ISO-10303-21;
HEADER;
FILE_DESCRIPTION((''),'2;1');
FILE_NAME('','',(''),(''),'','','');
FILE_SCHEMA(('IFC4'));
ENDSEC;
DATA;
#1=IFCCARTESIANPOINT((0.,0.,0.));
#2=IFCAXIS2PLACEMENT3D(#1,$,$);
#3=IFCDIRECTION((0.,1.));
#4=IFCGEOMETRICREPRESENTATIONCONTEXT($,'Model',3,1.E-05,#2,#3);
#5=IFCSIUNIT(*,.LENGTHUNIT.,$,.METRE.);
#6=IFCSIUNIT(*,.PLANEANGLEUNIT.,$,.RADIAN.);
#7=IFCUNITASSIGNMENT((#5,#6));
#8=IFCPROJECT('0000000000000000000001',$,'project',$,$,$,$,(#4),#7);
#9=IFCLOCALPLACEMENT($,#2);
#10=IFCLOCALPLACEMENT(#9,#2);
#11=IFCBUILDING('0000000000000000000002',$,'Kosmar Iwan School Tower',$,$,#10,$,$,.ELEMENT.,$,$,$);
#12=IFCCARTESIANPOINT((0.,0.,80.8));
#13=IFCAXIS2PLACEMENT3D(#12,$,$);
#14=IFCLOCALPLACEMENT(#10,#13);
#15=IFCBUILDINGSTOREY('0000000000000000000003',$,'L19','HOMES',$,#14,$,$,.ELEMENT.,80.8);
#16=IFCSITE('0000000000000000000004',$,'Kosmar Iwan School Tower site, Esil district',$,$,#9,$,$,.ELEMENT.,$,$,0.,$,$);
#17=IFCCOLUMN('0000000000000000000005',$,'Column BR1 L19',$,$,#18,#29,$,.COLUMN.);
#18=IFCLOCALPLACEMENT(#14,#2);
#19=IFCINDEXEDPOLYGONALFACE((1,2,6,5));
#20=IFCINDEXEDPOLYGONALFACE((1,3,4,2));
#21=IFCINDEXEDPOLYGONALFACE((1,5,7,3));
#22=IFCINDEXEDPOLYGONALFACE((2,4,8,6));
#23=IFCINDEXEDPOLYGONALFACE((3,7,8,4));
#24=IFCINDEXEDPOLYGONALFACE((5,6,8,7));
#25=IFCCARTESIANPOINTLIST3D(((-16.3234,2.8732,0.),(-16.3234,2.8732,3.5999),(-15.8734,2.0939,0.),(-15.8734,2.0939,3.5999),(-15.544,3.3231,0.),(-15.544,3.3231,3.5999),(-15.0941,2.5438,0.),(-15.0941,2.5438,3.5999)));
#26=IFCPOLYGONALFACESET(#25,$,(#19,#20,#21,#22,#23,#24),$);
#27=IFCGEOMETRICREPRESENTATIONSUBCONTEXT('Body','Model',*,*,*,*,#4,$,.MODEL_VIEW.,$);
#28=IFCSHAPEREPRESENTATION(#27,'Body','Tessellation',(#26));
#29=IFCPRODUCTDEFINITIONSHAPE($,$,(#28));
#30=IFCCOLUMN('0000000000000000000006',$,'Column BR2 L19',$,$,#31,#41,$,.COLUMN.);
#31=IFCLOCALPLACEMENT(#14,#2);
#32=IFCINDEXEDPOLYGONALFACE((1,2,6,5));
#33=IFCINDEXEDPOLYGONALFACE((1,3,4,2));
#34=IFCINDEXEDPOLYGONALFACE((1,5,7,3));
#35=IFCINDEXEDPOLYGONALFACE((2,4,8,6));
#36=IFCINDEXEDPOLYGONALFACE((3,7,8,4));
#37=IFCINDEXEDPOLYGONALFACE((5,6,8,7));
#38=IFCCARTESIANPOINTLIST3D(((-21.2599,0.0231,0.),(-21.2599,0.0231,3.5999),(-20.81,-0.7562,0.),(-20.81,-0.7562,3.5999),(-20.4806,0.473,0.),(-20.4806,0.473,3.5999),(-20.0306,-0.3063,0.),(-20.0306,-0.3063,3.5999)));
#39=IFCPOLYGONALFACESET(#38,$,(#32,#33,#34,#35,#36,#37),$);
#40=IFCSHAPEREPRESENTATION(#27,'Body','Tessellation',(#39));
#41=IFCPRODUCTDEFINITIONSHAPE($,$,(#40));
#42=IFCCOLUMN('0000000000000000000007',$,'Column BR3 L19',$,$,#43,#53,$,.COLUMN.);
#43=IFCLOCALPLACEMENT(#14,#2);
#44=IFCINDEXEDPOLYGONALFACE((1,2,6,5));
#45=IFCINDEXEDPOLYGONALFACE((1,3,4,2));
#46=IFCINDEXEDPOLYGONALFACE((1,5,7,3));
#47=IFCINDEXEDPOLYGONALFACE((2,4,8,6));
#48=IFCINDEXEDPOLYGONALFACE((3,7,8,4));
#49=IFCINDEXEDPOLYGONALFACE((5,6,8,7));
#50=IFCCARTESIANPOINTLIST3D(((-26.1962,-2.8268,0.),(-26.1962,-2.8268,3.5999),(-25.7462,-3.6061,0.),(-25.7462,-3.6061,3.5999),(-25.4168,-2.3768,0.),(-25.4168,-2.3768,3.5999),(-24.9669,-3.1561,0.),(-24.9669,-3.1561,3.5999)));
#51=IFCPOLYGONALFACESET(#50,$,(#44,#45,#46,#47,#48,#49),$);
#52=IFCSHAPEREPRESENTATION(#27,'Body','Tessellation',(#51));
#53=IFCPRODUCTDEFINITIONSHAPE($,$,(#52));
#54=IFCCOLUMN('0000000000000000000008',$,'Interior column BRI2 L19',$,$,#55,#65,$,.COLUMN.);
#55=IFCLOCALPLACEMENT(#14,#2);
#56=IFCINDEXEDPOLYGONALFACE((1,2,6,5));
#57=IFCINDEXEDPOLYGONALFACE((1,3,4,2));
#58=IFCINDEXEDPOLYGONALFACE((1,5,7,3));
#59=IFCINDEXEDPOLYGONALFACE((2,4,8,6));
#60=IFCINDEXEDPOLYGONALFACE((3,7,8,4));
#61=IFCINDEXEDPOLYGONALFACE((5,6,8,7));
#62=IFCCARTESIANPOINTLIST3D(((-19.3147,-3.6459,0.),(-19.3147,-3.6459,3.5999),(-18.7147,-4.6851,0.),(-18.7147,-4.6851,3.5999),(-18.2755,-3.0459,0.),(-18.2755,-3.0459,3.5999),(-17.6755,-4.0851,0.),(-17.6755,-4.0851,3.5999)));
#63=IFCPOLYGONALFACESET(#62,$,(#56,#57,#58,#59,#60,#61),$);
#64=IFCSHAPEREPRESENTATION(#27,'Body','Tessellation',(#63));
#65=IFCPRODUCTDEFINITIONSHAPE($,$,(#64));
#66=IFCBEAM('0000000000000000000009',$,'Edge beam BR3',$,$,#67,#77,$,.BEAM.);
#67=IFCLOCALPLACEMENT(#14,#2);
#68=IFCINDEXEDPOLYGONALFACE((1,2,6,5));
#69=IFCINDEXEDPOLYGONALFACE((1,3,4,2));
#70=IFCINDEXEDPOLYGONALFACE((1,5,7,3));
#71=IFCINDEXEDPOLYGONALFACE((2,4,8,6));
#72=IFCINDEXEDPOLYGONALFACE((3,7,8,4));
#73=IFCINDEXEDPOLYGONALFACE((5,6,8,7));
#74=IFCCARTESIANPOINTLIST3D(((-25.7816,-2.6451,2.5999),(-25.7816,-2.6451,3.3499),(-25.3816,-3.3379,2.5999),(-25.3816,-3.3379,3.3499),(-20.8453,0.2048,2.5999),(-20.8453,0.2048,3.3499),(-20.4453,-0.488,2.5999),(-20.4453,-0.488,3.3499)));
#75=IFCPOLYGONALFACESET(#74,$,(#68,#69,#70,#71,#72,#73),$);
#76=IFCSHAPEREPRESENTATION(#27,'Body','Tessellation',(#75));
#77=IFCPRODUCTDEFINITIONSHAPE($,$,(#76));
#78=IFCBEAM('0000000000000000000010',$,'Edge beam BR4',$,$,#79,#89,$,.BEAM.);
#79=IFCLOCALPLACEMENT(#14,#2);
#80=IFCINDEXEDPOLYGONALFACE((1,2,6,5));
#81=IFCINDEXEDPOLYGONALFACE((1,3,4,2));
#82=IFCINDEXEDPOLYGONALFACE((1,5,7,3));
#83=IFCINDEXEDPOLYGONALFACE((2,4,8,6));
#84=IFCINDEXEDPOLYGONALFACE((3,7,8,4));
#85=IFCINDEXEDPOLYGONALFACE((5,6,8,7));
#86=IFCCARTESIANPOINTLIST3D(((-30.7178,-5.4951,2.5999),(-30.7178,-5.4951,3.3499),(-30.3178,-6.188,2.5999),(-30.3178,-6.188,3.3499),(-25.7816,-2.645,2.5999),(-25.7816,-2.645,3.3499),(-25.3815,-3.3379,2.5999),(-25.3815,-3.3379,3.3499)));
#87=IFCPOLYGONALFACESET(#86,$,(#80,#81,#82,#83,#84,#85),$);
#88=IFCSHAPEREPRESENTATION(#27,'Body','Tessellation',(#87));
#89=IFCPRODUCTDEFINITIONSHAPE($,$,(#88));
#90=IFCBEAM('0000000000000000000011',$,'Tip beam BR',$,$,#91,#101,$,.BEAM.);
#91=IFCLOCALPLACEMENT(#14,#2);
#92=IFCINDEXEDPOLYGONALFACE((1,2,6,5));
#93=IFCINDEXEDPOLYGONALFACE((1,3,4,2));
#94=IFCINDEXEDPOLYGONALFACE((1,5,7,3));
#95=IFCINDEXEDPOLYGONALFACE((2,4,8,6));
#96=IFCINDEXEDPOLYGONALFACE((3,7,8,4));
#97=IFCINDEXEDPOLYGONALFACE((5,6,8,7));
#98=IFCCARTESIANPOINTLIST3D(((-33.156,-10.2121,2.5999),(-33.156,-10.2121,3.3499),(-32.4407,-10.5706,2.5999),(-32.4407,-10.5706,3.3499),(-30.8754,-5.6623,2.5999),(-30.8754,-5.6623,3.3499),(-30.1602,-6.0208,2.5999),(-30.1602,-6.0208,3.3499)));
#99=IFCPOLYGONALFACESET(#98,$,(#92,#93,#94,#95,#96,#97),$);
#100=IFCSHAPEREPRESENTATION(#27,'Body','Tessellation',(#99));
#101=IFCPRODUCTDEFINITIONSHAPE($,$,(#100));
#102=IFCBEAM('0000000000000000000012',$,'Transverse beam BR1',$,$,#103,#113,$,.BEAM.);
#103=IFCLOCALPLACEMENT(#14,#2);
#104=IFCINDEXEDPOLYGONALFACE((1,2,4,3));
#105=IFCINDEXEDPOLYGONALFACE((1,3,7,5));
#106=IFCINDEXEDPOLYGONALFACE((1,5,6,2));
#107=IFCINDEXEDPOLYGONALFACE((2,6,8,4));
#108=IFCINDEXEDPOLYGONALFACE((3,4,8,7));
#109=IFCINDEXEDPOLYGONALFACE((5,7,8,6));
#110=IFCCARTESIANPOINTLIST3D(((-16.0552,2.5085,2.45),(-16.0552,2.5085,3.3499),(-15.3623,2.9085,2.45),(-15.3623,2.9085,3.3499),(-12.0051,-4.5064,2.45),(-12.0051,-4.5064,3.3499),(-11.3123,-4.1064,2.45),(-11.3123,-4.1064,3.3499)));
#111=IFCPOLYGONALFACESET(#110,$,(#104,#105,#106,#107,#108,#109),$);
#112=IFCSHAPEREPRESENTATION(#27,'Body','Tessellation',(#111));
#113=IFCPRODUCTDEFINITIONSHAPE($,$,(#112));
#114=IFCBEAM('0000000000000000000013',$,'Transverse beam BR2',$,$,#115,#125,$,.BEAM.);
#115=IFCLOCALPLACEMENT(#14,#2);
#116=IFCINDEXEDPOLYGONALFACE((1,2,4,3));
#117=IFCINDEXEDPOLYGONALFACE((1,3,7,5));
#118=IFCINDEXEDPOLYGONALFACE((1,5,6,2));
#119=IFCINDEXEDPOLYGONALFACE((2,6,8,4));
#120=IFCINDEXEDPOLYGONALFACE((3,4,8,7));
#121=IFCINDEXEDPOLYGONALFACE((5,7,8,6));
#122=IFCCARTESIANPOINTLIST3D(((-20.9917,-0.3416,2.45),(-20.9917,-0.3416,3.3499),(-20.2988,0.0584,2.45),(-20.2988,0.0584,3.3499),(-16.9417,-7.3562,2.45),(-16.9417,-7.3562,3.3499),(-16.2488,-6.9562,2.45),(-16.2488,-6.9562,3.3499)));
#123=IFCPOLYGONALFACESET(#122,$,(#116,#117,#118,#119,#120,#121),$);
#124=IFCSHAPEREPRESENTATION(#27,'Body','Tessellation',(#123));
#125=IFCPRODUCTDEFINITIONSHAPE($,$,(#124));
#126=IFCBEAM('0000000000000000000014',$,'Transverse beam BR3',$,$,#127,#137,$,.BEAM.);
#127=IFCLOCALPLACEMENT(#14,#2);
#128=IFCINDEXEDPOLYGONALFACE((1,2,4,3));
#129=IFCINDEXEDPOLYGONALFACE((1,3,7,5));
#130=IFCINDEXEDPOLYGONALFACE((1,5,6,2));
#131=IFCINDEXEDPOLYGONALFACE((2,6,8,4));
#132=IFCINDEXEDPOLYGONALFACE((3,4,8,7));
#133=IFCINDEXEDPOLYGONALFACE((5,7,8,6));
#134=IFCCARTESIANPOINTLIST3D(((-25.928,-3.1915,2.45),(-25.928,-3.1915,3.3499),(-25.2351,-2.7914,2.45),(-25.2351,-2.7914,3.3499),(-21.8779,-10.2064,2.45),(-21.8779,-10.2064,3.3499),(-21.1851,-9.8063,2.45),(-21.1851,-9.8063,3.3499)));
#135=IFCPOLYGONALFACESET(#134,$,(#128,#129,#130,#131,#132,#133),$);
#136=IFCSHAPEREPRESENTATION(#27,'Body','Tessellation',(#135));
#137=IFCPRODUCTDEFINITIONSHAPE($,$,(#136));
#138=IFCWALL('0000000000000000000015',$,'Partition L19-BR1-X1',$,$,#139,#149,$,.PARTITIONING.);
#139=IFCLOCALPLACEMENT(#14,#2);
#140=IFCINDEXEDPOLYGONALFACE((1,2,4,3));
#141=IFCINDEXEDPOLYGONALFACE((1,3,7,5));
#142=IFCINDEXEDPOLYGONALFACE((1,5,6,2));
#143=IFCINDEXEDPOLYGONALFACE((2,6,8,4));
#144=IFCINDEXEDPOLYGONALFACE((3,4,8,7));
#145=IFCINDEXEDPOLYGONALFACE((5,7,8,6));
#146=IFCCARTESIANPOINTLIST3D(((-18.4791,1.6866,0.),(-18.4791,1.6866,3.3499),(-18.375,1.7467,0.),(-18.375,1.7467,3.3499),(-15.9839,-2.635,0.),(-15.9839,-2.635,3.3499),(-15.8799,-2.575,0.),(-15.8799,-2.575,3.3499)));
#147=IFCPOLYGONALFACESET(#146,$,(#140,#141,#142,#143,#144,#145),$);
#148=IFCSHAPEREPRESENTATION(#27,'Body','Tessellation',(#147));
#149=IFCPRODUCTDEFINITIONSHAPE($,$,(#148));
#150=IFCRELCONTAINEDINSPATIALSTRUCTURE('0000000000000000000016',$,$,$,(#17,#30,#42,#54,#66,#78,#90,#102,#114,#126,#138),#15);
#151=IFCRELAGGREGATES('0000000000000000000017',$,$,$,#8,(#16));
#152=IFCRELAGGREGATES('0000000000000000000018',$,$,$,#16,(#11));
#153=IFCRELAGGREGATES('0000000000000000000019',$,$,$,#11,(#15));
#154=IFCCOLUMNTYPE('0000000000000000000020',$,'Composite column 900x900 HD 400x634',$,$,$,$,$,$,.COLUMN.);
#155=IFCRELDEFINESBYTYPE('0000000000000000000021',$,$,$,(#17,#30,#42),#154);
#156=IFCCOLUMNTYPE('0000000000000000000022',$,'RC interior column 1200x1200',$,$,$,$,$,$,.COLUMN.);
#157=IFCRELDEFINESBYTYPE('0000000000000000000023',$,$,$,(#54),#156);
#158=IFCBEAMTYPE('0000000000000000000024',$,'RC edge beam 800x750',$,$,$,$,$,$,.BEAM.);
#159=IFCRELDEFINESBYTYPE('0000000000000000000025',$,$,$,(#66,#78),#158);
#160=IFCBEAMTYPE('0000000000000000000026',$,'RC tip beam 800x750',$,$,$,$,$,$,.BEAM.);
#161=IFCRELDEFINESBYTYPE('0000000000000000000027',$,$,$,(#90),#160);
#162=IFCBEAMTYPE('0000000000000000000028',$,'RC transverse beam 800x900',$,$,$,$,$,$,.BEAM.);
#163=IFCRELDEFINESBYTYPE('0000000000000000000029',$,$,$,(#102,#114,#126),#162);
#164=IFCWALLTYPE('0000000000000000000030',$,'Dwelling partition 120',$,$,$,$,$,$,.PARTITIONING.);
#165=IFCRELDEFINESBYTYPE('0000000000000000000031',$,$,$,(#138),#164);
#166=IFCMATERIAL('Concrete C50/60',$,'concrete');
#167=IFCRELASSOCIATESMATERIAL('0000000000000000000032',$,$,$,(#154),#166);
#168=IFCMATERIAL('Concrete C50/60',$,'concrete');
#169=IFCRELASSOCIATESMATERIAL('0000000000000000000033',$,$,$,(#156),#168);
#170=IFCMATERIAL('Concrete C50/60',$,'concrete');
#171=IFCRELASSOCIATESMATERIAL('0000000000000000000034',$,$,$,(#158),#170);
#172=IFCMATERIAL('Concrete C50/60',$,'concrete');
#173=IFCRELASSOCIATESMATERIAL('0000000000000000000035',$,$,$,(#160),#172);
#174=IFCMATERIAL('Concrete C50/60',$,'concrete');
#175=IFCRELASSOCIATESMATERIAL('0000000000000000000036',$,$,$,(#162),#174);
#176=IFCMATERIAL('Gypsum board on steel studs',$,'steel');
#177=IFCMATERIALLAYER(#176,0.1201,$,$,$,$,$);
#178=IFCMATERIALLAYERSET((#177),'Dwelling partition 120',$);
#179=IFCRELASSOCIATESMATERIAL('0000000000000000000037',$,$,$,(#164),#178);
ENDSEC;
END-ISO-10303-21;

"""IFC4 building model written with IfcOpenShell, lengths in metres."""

from ifc_helpers import new_model, si_unit, direction, frame, frame_2d, origin, origin_2d, place, context, subcontext, project, spatial, rectangle, extrude, material, layer, layer_set, material_profile, profile_set, type_object, element, save


model = new_model("IFC4")

# Units and contexts
model_context = context("Model", 3, precision=1e-05, world=origin(), true_north=direction((0.0, 1.0)))
body_context = subcontext(model_context, "Body", "Model", "MODEL_VIEW")
ifc_project = project(units=[si_unit("LENGTHUNIT", "METRE"), si_unit("PLANEANGLEUNIT", "RADIAN")], contexts=[model_context])

# Site, building, storey
site_placement = place(None, origin())
site = spatial("IfcSite", under=ifc_project, at=site_placement, Name="Kosmar Iwan School Tower site, Esil district", CompositionType="ELEMENT", RefElevation=0.0)
building_placement = place(site_placement, origin())
building = spatial("IfcBuilding", under=site, at=building_placement, Name="Kosmar Iwan School Tower", CompositionType="ELEMENT")
storey_placement = place(building_placement, frame((0.0, 0.0, 80.8)))
storey = spatial("IfcBuildingStorey", under=building, at=storey_placement, Name="L19", Description="HOMES", CompositionType="ELEMENT", Elevation=80.8)

# Columns
ifc_material_1 = material(Name="Concrete C50/60", Category="concrete")
ifc_material_profile_1 = material_profile(ifc_material_1, rectangle(XDim=0.8999, YDim=0.8999, at=origin_2d()), Name="RC 900x900 + HD 400x634")
ifc_profile_set_1 = profile_set([ifc_material_profile_1], Name="Concrete C50/60")
column_type_1 = type_object("IfcColumnType", Name="Composite column 900x900 HD 400x634", PredefinedType="COLUMN", material=ifc_profile_set_1)
for number, where, z_axis, x_axis, name in (
    (1, (-15.7087, 2.7085, 0.0), (0.0, 0.0, 1.0), (-0.866025, -0.5, 0.0), "Column BR1 L19"),
    (2, (-20.6453, -0.1416, 0.0), (0.0, 0.0, 1.0), (-0.866025, -0.5, 0.0), "Column BR2 L19"),
    (3, (-25.5815, -2.9915, 0.0), (0.0, 0.0, 1.0), (-0.866025, -0.5, 0.0), "Column BR3 L19"),
):
    element("IfcColumn", number, at=place(storey_placement, frame(where, z_axis=z_axis, x_axis=x_axis)), inside=storey, type_object=column_type_1, Name=name, PredefinedType="COLUMN", context=body_context, shape_type="SweptSolid", body=[
        extrude(rectangle(XDim=0.8999, YDim=0.8999, at=origin_2d()), origin(), (0.0, 0.0, 1.0), 3.5999),
    ])
ifc_material_2 = material(Name="Concrete C50/60", Category="concrete")
ifc_material_profile_2 = material_profile(ifc_material_2, rectangle(XDim=1.2, YDim=1.2, at=origin_2d()), Name="RC 1200x1200")
ifc_profile_set_2 = profile_set([ifc_material_profile_2], Name="Concrete C50/60")
column_type_2 = type_object("IfcColumnType", Name="RC interior column 1200x1200", PredefinedType="COLUMN", material=ifc_profile_set_2)
column_placement = place(storey_placement, frame((-18.4951, -3.8655, 0.0), z_axis=(0.0, 0.0, 1.0), x_axis=(-0.866025, -0.5, 0.0)))
element("IfcColumn", 4, at=column_placement, inside=storey, type_object=column_type_2, Name="Interior column BRI2 L19", PredefinedType="COLUMN", context=body_context, shape_type="SweptSolid", body=[
    extrude(rectangle(XDim=1.2, YDim=1.2, at=origin_2d()), origin(), (0.0, 0.0, 1.0), 3.5999),
])

# Beams
ifc_material_3 = material(Name="Concrete C50/60", Category="concrete")
ifc_material_profile_3 = material_profile(ifc_material_3, rectangle(XDim=0.8, YDim=0.75, at=origin_2d()), Name="RC 800x750")
ifc_profile_set_3 = profile_set([ifc_material_profile_3], Name="Concrete C50/60")
beam_type_1 = type_object("IfcBeamType", Name="RC edge beam 800x750", PredefinedType="BEAM", material=ifc_profile_set_3)
for number, where, z_axis, x_axis, name in (
    (5, (-20.6453, -0.1416, 2.9749), (-0.866034, -0.499986, 0.0), (0.499986, -0.866034, 0.0), "Edge beam BR3"),
    (6, (-25.5815, -2.9915, 2.9749), (-0.866015, -0.500018, 0.0), (0.500018, -0.866015, 0.0), "Edge beam BR4"),
):
    element("IfcBeam", number, at=place(storey_placement, frame(where, z_axis=z_axis, x_axis=x_axis)), inside=storey, type_object=beam_type_1, Name=name, PredefinedType="BEAM", context=body_context, shape_type="SweptSolid", body=[
        extrude(rectangle(XDim=0.8, YDim=0.75, at=origin_2d()), origin(), (0.0, 0.0, 1.0), 5.7),
    ])
ifc_material_4 = material(Name="Concrete C50/60", Category="concrete")
ifc_material_profile_4 = material_profile(ifc_material_4, rectangle(XDim=0.8, YDim=0.75, at=origin_2d()), Name="RC 800x750")
ifc_profile_set_4 = profile_set([ifc_material_profile_4], Name="Concrete C50/60")
beam_type_2 = type_object("IfcBeamType", Name="RC tip beam 800x750", PredefinedType="BEAM", material=ifc_profile_set_4)
beam_1_placement = place(storey_placement, frame((-30.5178, -5.8416, 2.9749), z_axis=(-0.448096, -0.893985, 0.0), x_axis=(0.893985, -0.448096, 0.0)))
element("IfcBeam", 7, at=beam_1_placement, inside=storey, type_object=beam_type_2, Name="Tip beam BR", PredefinedType="BEAM", context=body_context, shape_type="SweptSolid", body=[
    extrude(rectangle(XDim=0.8, YDim=0.75, at=origin_2d()), origin(), (0.0, 0.0, 1.0), 5.0894),
])
ifc_material_5 = material(Name="Concrete C50/60", Category="concrete")
ifc_material_profile_5 = material_profile(ifc_material_5, rectangle(XDim=0.8, YDim=0.8999, at=origin_2d()), Name="RC 800x900")
ifc_profile_set_5 = profile_set([ifc_material_profile_5], Name="Concrete C50/60")
beam_type_3 = type_object("IfcBeamType", Name="RC transverse beam 800x900", PredefinedType="BEAM", material=ifc_profile_set_5)
beam_2_placement = place(storey_placement, frame((-15.7087, 2.7085, 2.8999), z_axis=(0.5, -0.866025, 0.0), x_axis=(0.866025, 0.5, 0.0)))
element("IfcBeam", 8, at=beam_2_placement, inside=storey, type_object=beam_type_3, Name="Transverse beam BR1", PredefinedType="BEAM", context=body_context, shape_type="SweptSolid", body=[
    extrude(rectangle(XDim=0.8, YDim=0.8999, at=origin_2d()), origin(), (0.0, 0.0, 1.0), 8.1001),
])
beam_3_placement = place(storey_placement, frame((-20.6453, -0.1416, 2.8999), z_axis=(0.500013, -0.866018, 0.0), x_axis=(0.866018, 0.500013, 0.0)))
element("IfcBeam", 9, at=beam_3_placement, inside=storey, type_object=beam_type_3, Name="Transverse beam BR2", PredefinedType="BEAM", context=body_context, shape_type="SweptSolid", body=[
    extrude(rectangle(XDim=0.8, YDim=0.8999, at=origin_2d()), origin(), (0.0, 0.0, 1.0), 8.0999),
])
beam_4_placement = place(storey_placement, frame((-25.5815, -2.9915, 2.8999), z_axis=(0.5, -0.866025, 0.0), x_axis=(0.866025, 0.5, 0.0)))
element("IfcBeam", 10, at=beam_4_placement, inside=storey, type_object=beam_type_3, Name="Transverse beam BR3", PredefinedType="BEAM", context=body_context, shape_type="SweptSolid", body=[
    extrude(rectangle(XDim=0.8, YDim=0.8999, at=origin_2d()), origin(), (0.0, 0.0, 1.0), 8.1001),
])

# Wall
ifc_material_6 = material(Name="Gypsum board on steel studs", Category="steel")
ifc_layer = layer(ifc_material_6, 0.1201)
ifc_layer_set = layer_set([ifc_layer], Name="Dwelling partition 120")
wall_type = type_object("IfcWallType", Name="Dwelling partition 120", PredefinedType="PARTITIONING", material=ifc_layer_set)
wall_1_placement = place(storey_placement, frame((-15.9319, -2.605, 0.0), z_axis=(0.0, 0.0, 1.0), x_axis=(-0.500012, 0.866019, 0.0)))
element("IfcWall", 11, at=wall_1_placement, inside=storey, type_object=wall_type, Name="Partition L19-BR1-X1", PredefinedType="PARTITIONING", context=body_context, shape_type="SweptSolid", body=[
    extrude(rectangle(XDim=4.9902, YDim=0.1201, at=frame_2d((2.4951, 0.0))), origin(), (0.0, 0.0, 1.0), 3.3499),
])

save(model, "model.ifc")
